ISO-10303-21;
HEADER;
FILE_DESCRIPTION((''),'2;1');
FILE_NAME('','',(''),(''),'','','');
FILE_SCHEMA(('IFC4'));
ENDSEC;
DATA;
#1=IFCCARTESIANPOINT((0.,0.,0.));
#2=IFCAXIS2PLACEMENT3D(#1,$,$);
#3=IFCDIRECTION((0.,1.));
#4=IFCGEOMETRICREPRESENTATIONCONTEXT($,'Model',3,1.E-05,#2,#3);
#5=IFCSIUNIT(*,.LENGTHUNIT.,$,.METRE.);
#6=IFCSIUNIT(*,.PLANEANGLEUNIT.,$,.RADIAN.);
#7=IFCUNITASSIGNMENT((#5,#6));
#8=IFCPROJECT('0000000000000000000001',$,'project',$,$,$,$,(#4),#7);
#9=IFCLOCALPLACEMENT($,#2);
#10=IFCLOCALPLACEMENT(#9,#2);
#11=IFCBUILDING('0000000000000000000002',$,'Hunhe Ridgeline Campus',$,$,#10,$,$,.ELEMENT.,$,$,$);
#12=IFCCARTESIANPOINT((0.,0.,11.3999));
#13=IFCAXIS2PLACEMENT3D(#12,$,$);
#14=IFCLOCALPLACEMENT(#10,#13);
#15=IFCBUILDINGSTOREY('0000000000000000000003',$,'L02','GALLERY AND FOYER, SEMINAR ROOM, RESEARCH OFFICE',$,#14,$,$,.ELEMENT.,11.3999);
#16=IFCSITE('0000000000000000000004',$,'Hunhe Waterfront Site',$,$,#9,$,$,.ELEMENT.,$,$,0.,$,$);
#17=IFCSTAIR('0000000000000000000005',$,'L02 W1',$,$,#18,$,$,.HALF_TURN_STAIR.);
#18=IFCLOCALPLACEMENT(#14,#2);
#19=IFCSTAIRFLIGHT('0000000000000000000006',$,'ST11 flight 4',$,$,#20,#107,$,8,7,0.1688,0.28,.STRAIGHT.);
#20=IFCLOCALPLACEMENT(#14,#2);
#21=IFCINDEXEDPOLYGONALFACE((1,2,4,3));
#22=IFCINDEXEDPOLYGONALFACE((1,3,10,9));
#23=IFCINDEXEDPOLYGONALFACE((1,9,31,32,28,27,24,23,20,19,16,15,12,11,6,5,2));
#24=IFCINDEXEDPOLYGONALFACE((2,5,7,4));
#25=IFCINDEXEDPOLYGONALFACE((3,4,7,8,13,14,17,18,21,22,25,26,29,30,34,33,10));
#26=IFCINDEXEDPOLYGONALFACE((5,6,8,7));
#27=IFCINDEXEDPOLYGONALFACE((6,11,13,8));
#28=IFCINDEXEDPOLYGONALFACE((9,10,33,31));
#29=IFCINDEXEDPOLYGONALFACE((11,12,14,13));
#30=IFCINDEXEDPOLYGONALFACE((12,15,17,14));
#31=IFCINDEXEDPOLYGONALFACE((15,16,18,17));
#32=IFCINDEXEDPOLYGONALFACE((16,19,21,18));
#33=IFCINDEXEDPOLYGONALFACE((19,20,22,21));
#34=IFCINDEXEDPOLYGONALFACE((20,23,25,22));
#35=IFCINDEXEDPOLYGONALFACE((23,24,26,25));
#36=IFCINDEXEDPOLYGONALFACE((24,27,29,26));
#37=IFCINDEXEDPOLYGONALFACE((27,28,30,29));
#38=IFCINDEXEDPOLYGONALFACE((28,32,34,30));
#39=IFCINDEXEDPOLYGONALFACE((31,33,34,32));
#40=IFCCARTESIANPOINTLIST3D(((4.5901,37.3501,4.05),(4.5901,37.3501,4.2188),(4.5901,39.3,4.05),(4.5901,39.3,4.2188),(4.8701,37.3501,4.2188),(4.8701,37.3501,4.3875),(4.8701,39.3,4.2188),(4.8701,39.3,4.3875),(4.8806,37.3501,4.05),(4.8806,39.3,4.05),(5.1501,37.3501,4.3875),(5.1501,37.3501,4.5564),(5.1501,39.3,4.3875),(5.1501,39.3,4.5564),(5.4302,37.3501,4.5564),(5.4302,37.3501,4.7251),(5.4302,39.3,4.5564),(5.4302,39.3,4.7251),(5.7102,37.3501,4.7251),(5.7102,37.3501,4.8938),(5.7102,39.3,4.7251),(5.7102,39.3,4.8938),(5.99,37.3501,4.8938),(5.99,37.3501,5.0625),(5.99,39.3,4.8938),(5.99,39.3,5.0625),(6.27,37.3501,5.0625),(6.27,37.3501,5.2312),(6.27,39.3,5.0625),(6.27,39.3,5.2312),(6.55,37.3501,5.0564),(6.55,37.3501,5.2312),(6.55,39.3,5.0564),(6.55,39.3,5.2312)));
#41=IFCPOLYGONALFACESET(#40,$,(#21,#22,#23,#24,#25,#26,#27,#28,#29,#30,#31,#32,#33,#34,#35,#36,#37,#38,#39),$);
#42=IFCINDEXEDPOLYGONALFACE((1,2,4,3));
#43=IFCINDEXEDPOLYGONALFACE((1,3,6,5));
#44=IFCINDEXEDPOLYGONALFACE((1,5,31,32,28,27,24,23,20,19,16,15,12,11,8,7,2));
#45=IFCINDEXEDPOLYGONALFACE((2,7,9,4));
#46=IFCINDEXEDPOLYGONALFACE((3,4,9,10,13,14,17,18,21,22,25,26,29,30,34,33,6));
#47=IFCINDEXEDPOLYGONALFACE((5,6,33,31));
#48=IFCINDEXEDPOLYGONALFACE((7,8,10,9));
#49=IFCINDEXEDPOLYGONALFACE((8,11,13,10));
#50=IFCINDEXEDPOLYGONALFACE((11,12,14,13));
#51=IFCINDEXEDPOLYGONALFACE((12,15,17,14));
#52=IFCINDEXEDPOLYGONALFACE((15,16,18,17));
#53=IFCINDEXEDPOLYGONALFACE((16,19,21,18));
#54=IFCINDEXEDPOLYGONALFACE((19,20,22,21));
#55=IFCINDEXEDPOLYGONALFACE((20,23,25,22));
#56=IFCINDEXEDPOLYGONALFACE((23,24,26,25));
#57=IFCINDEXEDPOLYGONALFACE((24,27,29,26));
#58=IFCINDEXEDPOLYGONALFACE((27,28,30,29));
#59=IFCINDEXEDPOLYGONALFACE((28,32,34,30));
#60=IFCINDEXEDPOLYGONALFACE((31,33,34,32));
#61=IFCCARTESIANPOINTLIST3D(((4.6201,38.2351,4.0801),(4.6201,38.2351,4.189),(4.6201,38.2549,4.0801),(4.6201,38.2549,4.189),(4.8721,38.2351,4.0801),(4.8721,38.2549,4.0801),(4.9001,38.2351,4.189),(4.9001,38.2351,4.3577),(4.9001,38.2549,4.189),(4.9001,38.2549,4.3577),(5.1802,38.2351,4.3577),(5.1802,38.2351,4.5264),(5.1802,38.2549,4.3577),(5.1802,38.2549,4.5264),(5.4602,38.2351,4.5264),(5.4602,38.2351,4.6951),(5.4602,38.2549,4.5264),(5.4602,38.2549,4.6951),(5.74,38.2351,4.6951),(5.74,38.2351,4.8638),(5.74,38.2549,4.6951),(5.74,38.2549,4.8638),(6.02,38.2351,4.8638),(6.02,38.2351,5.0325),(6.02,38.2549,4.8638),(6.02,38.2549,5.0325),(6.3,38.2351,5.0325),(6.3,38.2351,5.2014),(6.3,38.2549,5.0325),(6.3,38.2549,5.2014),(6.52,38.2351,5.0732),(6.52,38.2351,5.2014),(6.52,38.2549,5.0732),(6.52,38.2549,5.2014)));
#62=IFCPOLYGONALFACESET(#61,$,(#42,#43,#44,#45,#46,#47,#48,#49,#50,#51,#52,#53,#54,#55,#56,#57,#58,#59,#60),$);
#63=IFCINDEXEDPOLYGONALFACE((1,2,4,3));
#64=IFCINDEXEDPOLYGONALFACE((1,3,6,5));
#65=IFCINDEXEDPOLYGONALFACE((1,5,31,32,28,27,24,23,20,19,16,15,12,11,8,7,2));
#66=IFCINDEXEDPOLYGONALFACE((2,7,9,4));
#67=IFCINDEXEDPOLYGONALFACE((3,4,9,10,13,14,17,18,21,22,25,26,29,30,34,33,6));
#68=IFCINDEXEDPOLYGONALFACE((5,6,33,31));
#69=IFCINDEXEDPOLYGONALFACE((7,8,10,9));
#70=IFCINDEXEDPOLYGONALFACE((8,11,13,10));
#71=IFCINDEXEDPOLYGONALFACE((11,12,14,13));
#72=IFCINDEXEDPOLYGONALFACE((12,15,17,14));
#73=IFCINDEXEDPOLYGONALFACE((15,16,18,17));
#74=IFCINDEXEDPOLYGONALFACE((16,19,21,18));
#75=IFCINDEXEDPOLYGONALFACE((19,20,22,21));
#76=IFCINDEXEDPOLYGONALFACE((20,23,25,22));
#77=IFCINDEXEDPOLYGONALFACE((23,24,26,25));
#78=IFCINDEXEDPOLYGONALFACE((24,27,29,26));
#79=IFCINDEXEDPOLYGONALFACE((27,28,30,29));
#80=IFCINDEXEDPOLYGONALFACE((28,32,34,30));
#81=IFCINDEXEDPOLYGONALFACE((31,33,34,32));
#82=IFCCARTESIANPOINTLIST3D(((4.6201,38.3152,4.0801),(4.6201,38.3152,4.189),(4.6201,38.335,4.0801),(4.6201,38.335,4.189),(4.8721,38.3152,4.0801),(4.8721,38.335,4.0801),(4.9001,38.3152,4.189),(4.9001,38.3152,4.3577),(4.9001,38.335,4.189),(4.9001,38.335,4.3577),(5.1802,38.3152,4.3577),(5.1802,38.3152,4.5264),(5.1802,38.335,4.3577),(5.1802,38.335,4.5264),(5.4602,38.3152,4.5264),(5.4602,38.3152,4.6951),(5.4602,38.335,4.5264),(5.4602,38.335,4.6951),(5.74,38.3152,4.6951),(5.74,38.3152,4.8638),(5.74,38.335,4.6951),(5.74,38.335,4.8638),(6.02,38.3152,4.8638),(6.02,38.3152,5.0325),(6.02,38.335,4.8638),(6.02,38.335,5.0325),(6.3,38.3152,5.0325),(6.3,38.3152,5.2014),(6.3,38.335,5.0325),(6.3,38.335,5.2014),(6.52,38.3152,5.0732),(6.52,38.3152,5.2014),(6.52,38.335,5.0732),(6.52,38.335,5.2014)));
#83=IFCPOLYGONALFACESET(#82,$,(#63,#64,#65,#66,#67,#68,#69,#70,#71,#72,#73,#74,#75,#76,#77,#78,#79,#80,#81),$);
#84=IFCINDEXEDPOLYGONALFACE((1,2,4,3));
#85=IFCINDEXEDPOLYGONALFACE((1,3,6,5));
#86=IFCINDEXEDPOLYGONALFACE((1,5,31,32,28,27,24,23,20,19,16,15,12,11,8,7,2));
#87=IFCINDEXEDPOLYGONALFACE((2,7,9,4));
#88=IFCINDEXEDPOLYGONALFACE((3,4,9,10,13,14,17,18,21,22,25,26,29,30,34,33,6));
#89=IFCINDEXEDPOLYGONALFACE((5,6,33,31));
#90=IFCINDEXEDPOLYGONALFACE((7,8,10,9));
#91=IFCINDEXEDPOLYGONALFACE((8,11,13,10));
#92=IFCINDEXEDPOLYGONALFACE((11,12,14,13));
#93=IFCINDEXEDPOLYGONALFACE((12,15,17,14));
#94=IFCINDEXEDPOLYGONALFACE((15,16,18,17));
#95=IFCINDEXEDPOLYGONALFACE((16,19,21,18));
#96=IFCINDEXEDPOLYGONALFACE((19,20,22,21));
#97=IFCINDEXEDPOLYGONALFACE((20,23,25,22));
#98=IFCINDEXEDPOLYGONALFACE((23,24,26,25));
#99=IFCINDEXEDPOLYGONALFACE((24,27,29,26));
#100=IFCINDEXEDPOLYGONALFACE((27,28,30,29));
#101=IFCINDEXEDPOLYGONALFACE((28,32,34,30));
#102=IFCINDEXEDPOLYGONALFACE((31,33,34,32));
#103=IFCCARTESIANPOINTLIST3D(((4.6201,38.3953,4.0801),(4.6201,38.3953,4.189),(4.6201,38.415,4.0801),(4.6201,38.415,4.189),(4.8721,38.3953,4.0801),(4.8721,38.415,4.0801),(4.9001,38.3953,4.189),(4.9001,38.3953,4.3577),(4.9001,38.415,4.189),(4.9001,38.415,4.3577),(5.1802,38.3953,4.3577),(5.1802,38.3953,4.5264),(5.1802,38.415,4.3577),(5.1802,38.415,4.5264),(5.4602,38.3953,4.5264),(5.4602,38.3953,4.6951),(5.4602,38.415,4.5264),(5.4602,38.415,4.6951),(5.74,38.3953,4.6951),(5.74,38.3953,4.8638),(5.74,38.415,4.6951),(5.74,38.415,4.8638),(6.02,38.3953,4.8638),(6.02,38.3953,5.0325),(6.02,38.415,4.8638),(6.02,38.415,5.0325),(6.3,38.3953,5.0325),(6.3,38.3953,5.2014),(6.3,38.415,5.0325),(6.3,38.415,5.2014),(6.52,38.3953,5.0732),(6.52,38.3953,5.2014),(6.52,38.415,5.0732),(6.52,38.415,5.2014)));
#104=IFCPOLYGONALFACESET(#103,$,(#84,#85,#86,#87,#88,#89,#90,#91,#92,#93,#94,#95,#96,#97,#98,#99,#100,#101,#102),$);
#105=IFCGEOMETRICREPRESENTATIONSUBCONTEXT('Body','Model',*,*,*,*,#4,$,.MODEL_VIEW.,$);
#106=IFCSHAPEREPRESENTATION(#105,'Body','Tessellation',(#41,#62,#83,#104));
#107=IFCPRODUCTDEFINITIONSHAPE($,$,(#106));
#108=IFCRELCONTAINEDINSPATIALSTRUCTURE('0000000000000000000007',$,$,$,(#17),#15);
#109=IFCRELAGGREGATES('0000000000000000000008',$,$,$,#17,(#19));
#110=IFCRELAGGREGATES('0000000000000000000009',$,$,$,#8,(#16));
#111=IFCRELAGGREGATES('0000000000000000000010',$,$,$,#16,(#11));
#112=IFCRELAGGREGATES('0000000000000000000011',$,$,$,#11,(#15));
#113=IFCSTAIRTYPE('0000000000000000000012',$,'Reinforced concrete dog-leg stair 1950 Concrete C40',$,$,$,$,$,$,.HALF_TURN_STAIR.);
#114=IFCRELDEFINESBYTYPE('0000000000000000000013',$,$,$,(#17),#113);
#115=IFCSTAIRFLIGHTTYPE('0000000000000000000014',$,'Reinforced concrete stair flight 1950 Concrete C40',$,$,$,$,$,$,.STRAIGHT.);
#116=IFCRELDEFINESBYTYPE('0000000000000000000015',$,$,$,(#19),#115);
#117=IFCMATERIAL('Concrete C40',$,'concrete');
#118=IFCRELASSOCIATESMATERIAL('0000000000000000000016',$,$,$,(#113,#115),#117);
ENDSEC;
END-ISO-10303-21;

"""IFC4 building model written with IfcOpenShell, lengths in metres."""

from ifc_helpers import new_model, si_unit, direction, frame, origin, place, context, subcontext, project, spatial, polyline, outline, extrude, material, type_object, element, aggregate, save


model = new_model("IFC4")

# Units and contexts
model_context = context("Model", 3, precision=1e-05, world=origin(), true_north=direction((0.0, 1.0)))
body_context = subcontext(model_context, "Body", "Model", "MODEL_VIEW")
ifc_project = project(units=[si_unit("LENGTHUNIT", "METRE"), si_unit("PLANEANGLEUNIT", "RADIAN")], contexts=[model_context])

# Site, building, storey
site_placement = place(None, origin())
site = spatial("IfcSite", under=ifc_project, at=site_placement, Name="Hunhe Waterfront Site", CompositionType="ELEMENT", RefElevation=0.0)
building_placement = place(site_placement, origin())
building = spatial("IfcBuilding", under=site, at=building_placement, Name="Hunhe Ridgeline Campus", CompositionType="ELEMENT")
storey_placement = place(building_placement, frame((0.0, 0.0, 11.3999)))
storey = spatial("IfcBuildingStorey", under=building, at=storey_placement, Name="L02", Description="GALLERY AND FOYER, SEMINAR ROOM, RESEARCH OFFICE", CompositionType="ELEMENT", Elevation=11.3999)

# Stair, stair flight
ifc_material_1 = material(Name="Concrete C40", Category="concrete")
stair_type = type_object("IfcStairType", Name="Reinforced concrete dog-leg stair 1950 Concrete C40", PredefinedType="HALF_TURN_STAIR", material=ifc_material_1)
stair_flight_type = type_object("IfcStairFlightType", Name="Reinforced concrete stair flight 1950 Concrete C40", PredefinedType="STRAIGHT", material=ifc_material_1)
stair_1_placement = place(storey_placement, origin())
stair_1 = element("IfcStair", 1, at=stair_1_placement, inside=storey, type_object=stair_type, Name="L02 W1", PredefinedType="HALF_TURN_STAIR")
stair_flight_1_placement = place(storey_placement, frame((4.5901, 38.325, 4.05), z_axis=(0.0, 0.0, 1.0), x_axis=(1.0, 0.0, 0.0)))
stair_flight_1 = element("IfcStairFlight", 2, at=stair_flight_1_placement, type_object=stair_flight_type, Name="ST11 flight 4", NumberOfRisers=8, NumberOfTreads=7, PredefinedType="STRAIGHT", RiserHeight=0.1688, TreadLength=0.28, context=body_context, shape_type="SweptSolid", body=[
    extrude(outline(polyline([(0.0, 0.0), (0.0, 0.1687), (0.28, 0.1687), (0.28, 0.3374), (0.5601, 0.3374), (0.5601, 0.5063), (0.8401, 0.5063), (0.8401, 0.675), (1.1201, 0.675), (1.1201, 0.8438), (1.3999, 0.8438), (1.3999, 1.0125), (1.6799, 1.0125), (1.6799, 1.1812), (1.96, 1.1812), (1.96, 1.3501), (1.96, 1.0063), (0.2905, 0.0), (0.0, 0.0)])), frame((0.0, 0.9751, 0.0), z_axis=(0.0, -1.0, 0.0), x_axis=(1.0, 0.0, 0.0)), (0.0, 0.0, 1.0), 1.95),
    extrude(outline(polyline([(0.03, 0.03), (0.03, 0.1389), (0.3101, 0.1389), (0.3101, 0.3076), (0.5901, 0.3076), (0.5901, 0.4763), (0.8701, 0.4763), (0.8701, 0.645), (1.1499, 0.645), (1.1499, 0.8137), (1.4299, 0.8137), (1.4299, 0.9824), (1.71, 0.9824), (1.71, 1.1514), (1.9299, 1.1514), (1.9299, 1.0232), (0.282, 0.03), (0.03, 0.03)])), frame((0.0, -0.0701, 0.0), z_axis=(0.0, -1.0, 0.0), x_axis=(1.0, 0.0, 0.0)), (0.0, 0.0, 1.0), 0.0198),
    extrude(outline(polyline([(0.03, 0.03), (0.03, 0.1389), (0.3101, 0.1389), (0.3101, 0.3076), (0.5901, 0.3076), (0.5901, 0.4763), (0.8701, 0.4763), (0.8701, 0.645), (1.1499, 0.645), (1.1499, 0.8137), (1.4299, 0.8137), (1.4299, 0.9824), (1.71, 0.9824), (1.71, 1.1514), (1.9299, 1.1514), (1.9299, 1.0232), (0.282, 0.03), (0.03, 0.03)])), frame((0.0, 0.01, 0.0), z_axis=(0.0, -1.0, 0.0), x_axis=(1.0, 0.0, 0.0)), (0.0, 0.0, 1.0), 0.0198),
    extrude(outline(polyline([(0.03, 0.03), (0.03, 0.1389), (0.3101, 0.1389), (0.3101, 0.3076), (0.5901, 0.3076), (0.5901, 0.4763), (0.8701, 0.4763), (0.8701, 0.645), (1.1499, 0.645), (1.1499, 0.8137), (1.4299, 0.8137), (1.4299, 0.9824), (1.71, 0.9824), (1.71, 1.1514), (1.9299, 1.1514), (1.9299, 1.0232), (0.282, 0.03), (0.03, 0.03)])), frame((0.0, 0.0901, 0.0), z_axis=(0.0, -1.0, 0.0), x_axis=(1.0, 0.0, 0.0)), (0.0, 0.0, 1.0), 0.0198),
])
aggregate(stair_1, [stair_flight_1])

save(model, "model.ifc")
